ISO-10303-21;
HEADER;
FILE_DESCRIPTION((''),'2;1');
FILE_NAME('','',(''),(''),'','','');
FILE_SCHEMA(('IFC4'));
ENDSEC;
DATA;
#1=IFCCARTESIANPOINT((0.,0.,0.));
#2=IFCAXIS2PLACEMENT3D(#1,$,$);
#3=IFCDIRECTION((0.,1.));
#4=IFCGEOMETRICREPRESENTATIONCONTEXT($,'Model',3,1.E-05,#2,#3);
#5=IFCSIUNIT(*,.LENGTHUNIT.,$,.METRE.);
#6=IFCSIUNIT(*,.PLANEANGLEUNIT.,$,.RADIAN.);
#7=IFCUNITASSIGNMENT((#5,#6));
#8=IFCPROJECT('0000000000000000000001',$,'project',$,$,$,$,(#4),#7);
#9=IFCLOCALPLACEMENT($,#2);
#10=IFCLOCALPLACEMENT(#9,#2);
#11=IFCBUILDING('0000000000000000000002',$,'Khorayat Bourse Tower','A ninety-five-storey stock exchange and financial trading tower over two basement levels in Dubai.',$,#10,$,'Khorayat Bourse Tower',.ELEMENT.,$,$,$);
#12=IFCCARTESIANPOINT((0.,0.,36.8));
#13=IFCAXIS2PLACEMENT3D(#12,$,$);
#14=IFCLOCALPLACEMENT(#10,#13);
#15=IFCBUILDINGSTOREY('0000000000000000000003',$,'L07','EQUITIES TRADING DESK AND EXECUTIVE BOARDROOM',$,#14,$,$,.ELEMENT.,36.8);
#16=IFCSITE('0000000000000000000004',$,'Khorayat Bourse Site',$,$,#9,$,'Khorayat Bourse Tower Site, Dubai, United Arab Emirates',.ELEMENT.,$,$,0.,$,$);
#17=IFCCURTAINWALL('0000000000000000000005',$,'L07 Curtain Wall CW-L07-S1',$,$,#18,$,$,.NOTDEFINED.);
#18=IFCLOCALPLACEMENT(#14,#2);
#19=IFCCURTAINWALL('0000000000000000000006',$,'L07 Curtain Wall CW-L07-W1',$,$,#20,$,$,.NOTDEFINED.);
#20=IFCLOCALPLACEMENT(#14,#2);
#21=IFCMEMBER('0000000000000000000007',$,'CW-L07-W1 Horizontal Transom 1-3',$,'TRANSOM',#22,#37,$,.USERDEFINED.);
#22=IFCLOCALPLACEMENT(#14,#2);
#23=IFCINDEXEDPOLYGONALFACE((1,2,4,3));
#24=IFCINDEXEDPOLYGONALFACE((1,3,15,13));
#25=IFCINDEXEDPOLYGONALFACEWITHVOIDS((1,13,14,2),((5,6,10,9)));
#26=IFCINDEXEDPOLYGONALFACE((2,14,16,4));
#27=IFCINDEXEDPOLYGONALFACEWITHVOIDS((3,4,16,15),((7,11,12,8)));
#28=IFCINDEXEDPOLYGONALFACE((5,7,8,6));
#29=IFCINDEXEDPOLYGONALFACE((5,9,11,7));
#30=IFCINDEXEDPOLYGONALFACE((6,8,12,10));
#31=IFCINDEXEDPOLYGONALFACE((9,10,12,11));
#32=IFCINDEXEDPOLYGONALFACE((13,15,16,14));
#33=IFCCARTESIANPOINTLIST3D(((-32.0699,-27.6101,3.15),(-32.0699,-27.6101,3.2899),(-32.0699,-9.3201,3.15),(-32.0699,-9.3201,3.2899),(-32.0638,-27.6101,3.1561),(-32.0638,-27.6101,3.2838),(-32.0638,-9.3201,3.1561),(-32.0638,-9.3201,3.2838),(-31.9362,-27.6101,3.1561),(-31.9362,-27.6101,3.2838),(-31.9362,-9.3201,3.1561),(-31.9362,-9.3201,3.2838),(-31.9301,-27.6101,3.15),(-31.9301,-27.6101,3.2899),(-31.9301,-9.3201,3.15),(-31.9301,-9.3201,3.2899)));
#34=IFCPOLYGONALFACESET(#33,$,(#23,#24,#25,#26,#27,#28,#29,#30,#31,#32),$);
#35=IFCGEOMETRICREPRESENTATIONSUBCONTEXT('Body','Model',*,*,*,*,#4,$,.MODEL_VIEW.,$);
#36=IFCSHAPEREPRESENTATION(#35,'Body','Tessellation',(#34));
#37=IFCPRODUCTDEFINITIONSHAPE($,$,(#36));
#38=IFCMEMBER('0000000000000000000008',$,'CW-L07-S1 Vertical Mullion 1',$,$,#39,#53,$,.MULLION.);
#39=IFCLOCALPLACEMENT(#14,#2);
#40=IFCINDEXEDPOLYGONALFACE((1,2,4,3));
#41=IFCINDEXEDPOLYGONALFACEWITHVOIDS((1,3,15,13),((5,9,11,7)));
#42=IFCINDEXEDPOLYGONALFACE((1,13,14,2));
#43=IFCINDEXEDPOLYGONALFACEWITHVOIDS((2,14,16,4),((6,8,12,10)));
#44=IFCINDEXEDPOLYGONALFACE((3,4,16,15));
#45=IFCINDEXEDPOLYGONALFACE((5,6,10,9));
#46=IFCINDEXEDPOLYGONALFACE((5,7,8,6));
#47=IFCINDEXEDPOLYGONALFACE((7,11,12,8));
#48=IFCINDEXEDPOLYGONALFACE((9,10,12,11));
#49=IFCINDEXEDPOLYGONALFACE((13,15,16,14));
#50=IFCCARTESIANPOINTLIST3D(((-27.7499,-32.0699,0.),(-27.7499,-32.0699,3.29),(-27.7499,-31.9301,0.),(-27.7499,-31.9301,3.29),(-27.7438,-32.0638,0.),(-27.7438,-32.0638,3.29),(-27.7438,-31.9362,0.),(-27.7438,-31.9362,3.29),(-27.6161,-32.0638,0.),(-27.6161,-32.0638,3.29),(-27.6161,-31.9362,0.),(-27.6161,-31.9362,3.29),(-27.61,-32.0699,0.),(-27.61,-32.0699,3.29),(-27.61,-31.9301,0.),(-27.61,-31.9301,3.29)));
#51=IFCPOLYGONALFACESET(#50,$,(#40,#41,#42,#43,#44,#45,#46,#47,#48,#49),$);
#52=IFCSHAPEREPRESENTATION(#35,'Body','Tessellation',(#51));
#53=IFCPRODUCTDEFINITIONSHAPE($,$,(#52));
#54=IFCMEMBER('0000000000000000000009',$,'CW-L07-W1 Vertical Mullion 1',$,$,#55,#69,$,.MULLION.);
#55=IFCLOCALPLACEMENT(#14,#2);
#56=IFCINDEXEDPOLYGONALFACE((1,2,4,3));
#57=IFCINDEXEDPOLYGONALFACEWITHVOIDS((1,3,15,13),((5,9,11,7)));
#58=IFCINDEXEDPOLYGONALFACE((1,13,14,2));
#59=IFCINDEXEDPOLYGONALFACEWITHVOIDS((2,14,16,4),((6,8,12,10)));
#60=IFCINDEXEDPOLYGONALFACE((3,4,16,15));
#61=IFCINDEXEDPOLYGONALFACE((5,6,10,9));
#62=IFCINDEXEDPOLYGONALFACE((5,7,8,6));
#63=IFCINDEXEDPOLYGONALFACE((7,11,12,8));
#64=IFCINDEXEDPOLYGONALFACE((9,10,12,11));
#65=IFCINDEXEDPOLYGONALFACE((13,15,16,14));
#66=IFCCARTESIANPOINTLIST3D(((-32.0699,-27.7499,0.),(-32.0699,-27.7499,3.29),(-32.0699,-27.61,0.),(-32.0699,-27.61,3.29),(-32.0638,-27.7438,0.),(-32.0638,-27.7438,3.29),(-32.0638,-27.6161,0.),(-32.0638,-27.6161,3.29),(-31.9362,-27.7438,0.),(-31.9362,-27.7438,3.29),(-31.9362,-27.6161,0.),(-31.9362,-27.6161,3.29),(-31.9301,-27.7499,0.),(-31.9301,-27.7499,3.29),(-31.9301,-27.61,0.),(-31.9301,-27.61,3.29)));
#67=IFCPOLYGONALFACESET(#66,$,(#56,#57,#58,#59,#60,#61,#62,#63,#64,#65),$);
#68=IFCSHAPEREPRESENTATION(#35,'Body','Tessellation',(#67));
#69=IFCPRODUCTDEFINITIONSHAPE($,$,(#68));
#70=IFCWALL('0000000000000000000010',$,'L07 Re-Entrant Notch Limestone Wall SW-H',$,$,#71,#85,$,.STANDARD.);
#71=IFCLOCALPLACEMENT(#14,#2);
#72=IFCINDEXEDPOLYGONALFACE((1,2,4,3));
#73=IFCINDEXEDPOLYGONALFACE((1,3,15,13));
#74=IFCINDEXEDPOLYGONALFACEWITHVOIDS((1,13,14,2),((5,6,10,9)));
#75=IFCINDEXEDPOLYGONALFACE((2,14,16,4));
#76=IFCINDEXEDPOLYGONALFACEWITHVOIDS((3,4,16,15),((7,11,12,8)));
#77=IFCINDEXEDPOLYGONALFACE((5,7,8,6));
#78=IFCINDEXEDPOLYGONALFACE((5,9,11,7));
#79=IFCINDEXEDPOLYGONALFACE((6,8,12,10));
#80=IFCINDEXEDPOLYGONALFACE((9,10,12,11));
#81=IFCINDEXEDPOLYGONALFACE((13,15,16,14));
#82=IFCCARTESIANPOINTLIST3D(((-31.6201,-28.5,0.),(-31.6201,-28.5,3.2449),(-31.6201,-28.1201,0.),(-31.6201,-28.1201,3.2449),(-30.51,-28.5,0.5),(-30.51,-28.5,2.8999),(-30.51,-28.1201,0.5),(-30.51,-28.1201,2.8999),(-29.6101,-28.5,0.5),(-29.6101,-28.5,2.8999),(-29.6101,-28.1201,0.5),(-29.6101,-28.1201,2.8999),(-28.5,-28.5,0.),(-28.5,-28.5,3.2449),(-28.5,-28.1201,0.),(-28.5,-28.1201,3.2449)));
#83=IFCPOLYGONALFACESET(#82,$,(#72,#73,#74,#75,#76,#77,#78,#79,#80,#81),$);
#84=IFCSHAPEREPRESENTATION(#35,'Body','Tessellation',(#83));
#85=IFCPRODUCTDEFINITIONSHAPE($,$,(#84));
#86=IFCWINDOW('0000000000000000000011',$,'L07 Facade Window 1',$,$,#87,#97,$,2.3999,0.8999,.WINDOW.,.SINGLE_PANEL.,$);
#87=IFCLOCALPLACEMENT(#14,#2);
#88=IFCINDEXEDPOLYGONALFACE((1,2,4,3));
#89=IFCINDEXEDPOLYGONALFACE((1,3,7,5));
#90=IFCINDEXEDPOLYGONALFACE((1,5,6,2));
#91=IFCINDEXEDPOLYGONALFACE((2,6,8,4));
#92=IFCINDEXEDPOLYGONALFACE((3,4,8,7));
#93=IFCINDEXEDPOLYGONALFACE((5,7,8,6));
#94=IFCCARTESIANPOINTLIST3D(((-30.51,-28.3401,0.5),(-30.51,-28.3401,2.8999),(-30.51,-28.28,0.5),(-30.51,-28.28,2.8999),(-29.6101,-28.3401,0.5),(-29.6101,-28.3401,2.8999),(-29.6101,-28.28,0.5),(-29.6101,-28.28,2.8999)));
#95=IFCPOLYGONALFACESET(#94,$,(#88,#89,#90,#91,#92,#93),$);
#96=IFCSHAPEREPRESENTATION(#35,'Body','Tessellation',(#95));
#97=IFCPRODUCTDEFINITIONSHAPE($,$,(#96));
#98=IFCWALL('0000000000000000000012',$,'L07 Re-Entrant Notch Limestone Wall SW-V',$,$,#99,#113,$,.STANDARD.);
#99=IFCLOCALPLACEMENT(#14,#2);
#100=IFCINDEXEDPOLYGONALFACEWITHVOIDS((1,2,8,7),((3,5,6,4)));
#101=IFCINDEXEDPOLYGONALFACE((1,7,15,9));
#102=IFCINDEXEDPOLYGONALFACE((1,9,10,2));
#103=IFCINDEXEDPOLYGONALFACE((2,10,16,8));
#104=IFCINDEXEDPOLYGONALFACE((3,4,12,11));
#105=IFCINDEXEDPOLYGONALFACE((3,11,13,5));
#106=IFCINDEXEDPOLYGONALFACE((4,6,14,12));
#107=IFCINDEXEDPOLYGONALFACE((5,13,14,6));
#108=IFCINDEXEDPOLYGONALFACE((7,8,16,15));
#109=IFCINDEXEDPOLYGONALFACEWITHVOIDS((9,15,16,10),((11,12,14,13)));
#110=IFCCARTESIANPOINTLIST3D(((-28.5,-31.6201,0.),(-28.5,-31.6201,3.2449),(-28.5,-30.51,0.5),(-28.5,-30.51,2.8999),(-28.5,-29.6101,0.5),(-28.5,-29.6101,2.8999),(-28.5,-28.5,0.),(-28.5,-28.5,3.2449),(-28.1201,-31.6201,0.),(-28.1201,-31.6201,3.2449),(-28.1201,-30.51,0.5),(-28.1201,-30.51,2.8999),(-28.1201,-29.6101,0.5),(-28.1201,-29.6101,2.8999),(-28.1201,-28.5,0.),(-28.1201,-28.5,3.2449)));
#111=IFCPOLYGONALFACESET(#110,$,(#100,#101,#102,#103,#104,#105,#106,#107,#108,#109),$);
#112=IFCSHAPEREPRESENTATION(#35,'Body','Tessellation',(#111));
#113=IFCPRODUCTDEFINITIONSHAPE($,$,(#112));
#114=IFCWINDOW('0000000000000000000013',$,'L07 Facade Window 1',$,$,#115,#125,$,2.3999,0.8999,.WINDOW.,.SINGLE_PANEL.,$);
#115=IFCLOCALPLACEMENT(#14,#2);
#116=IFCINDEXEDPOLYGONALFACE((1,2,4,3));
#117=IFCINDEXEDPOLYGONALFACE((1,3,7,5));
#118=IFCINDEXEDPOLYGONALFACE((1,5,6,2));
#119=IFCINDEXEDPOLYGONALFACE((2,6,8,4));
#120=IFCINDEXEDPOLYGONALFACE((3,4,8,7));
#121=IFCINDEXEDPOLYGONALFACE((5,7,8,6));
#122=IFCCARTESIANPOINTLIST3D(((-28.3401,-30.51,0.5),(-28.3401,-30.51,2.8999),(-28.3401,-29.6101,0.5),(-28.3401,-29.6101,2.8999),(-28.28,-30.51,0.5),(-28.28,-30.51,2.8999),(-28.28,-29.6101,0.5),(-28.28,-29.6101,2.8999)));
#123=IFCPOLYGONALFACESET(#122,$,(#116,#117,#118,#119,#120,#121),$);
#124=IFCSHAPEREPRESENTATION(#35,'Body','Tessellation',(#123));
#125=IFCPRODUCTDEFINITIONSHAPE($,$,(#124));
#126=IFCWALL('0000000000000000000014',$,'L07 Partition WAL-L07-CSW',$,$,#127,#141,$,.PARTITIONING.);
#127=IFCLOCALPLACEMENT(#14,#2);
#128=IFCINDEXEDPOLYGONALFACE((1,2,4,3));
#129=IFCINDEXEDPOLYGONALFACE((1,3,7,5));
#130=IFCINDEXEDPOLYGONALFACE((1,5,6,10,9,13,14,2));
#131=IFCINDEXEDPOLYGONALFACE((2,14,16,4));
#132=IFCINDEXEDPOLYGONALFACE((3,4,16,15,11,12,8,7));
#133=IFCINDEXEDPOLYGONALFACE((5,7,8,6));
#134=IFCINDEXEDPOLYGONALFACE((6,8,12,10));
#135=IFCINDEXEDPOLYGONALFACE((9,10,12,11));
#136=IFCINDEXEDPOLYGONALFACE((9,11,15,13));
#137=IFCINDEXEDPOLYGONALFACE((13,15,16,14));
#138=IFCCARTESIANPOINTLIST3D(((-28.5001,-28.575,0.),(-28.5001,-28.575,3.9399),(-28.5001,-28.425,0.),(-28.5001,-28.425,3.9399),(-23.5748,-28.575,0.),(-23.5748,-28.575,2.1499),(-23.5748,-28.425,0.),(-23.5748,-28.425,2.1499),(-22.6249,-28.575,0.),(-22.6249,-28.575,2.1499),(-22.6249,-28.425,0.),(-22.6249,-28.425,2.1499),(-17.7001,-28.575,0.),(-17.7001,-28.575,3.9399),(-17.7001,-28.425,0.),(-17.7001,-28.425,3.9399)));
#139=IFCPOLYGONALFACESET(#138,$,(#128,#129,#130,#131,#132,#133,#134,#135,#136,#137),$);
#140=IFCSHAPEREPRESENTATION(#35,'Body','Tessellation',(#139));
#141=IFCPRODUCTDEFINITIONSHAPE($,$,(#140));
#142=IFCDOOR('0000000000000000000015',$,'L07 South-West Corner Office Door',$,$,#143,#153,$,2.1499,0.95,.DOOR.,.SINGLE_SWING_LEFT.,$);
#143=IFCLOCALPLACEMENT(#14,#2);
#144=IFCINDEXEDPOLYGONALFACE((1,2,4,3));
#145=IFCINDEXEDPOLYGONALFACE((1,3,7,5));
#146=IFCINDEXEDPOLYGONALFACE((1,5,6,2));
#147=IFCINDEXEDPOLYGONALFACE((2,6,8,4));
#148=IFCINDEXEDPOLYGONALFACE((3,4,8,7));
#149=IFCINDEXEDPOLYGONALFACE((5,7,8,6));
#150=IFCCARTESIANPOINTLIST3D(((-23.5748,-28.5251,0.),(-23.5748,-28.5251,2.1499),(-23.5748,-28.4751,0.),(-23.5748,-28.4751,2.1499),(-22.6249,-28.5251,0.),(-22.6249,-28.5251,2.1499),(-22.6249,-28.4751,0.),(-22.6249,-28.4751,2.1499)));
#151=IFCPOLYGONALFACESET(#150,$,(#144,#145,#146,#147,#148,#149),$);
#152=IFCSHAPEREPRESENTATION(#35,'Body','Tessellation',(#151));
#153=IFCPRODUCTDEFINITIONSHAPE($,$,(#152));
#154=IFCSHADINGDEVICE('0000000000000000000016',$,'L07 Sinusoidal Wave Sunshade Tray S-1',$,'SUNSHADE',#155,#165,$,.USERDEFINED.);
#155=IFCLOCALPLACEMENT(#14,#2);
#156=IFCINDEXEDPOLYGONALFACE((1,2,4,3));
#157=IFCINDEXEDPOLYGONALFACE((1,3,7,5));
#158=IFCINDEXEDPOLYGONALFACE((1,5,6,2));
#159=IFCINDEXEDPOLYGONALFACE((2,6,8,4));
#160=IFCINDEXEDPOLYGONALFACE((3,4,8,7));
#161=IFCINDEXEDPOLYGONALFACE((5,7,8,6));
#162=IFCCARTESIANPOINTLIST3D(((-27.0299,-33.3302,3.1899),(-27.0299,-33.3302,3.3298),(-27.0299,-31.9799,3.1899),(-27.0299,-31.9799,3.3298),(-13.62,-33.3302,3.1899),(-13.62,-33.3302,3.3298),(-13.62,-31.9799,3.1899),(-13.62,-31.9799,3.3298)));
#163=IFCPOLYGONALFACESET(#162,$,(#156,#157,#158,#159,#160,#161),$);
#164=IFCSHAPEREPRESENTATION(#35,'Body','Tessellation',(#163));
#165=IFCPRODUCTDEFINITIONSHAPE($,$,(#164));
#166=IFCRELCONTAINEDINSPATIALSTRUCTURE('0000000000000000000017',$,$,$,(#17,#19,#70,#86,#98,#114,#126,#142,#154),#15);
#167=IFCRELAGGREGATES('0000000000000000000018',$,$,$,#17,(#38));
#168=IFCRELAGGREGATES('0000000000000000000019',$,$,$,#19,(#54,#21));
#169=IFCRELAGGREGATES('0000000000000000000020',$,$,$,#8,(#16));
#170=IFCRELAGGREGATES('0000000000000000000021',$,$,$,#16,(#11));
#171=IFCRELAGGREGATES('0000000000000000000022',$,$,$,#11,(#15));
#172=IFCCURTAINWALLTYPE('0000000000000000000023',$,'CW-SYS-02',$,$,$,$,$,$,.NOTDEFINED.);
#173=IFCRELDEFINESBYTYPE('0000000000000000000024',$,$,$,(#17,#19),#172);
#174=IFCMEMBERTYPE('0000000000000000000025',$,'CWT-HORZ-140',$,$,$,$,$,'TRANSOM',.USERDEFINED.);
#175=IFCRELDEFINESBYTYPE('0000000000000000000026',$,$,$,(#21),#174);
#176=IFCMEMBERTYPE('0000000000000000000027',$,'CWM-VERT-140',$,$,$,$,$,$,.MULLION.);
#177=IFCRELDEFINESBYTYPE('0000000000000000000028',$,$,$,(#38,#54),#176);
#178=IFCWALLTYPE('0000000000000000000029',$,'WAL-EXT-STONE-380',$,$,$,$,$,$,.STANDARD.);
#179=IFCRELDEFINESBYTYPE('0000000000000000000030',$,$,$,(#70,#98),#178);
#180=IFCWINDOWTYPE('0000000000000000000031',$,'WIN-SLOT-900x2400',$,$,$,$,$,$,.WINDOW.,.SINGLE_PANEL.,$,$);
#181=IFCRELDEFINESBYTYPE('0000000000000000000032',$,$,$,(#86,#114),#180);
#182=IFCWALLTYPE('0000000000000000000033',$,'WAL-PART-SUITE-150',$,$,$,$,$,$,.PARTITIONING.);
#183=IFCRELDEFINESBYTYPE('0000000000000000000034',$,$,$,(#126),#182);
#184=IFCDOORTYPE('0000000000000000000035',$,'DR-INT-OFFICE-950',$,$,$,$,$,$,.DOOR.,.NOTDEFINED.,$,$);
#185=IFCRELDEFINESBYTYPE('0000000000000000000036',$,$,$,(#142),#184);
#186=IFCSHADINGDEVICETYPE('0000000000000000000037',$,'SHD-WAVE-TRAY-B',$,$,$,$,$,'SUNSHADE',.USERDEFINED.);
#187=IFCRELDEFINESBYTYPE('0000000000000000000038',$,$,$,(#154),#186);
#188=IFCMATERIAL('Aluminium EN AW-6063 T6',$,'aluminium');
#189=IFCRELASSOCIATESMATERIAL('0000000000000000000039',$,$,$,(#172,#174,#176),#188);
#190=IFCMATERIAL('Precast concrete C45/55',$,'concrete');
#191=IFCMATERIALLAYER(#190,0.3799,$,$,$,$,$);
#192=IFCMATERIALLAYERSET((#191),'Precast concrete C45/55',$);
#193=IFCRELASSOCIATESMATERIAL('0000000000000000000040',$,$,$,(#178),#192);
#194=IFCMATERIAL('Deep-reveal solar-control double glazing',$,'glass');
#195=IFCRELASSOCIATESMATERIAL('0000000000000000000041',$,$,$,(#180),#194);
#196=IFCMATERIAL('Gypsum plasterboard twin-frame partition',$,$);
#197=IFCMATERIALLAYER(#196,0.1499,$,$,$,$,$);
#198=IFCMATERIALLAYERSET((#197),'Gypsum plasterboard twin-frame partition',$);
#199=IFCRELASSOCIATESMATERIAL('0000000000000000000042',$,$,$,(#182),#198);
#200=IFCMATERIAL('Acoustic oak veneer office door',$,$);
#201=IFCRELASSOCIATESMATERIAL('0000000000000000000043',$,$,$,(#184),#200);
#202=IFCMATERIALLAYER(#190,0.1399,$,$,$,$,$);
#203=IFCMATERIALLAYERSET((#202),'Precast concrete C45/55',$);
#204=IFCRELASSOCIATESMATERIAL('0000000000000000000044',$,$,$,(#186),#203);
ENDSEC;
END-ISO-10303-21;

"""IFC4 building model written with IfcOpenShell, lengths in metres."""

from ifc_helpers import new_model, si_unit, direction, frame, frame_2d, origin, origin_2d, place, context, subcontext, project, spatial, rectangle, hollow_rectangle, extrude, source, transform, mapped, material, layer, layer_set, material_profile, profile_set, type_object, element, fill, aggregate, save


model = new_model("IFC4")

# Units and contexts
model_context = context("Model", 3, precision=1e-05, world=origin(), true_north=direction((0.0, 1.0)))
body_context = subcontext(model_context, "Body", "Model", "MODEL_VIEW")
ifc_project = project(units=[si_unit("LENGTHUNIT", "METRE"), si_unit("PLANEANGLEUNIT", "RADIAN")], contexts=[model_context])

# Site, building, storey
site_placement = place(None, origin())
site = spatial("IfcSite", under=ifc_project, at=site_placement, Name="Khorayat Bourse Site", LongName="Khorayat Bourse Tower Site, Dubai, United Arab Emirates", CompositionType="ELEMENT", RefElevation=0.0)
building_placement = place(site_placement, origin())
building = spatial("IfcBuilding", under=site, at=building_placement, Name="Khorayat Bourse Tower", Description="A ninety-five-storey stock exchange and financial trading tower over two basement levels in Dubai.", LongName="Khorayat Bourse Tower", CompositionType="ELEMENT")
storey_placement = place(building_placement, frame((0.0, 0.0, 36.8)))
storey = spatial("IfcBuildingStorey", under=building, at=storey_placement, Name="L07", Description="EQUITIES TRADING DESK AND EXECUTIVE BOARDROOM", CompositionType="ELEMENT", Elevation=36.8)

# Curtain walls, member
ifc_material_1 = material(Name="Aluminium EN AW-6063 T6", Category="aluminium")
curtain_wall_type = type_object("IfcCurtainWallType", Name="CW-SYS-02", PredefinedType="NOTDEFINED", material=ifc_material_1)
curtain_wall_1_placement = place(storey_placement, origin())
curtain_wall_1 = element("IfcCurtainWall", 1, at=curtain_wall_1_placement, inside=storey, type_object=curtain_wall_type, Name="L07 Curtain Wall CW-L07-S1", PredefinedType="NOTDEFINED")
ifc_material_profile_1 = material_profile(ifc_material_1, hollow_rectangle(XDim=0.1399, YDim=0.1399, WallThickness=0.0061, at=origin_2d()), Name="ALU 140x140x6")
ifc_profile_set_1 = profile_set([ifc_material_profile_1], Name="Aluminium EN AW-6063 T6")
member_type_1 = type_object("IfcMemberType", Name="CWT-HORZ-140", ElementType="TRANSOM", PredefinedType="USERDEFINED", material=ifc_profile_set_1)
shared_shape_1 = source(origin(), body_context, "Body", "SweptSolid", [
    extrude(hollow_rectangle(XDim=0.1399, YDim=0.1399, WallThickness=0.0061, at=origin_2d()), origin(), (0.0, 0.0, 1.0), 18.29),
])
curtain_wall_2_placement = place(storey_placement, origin())
curtain_wall_2 = element("IfcCurtainWall", 2, at=curtain_wall_2_placement, inside=storey, type_object=curtain_wall_type, Name="L07 Curtain Wall CW-L07-W1", PredefinedType="NOTDEFINED")
member_1_placement = place(storey_placement, frame((-32.0, -27.6101, 3.22), z_axis=(0.0, 1.0, 0.0), x_axis=(-1.0, 0.0, 0.0)))
member_1 = element("IfcMember", 3, at=member_1_placement, type_object=member_type_1, Name="CW-L07-W1 Horizontal Transom 1-3", ObjectType="TRANSOM", PredefinedType="USERDEFINED", context=body_context, shape_type="MappedRepresentation", body=[
    mapped(shared_shape_1, transform((0.0, 0.0, 0.0), scale=1.0)),
])

# Members
ifc_material_profile_2 = material_profile(ifc_material_1, hollow_rectangle(XDim=0.1399, YDim=0.1399, WallThickness=0.0061, at=origin_2d()), Name="ALU 140x140x6")
ifc_profile_set_2 = profile_set([ifc_material_profile_2], Name="Aluminium EN AW-6063 T6")
member_type_2 = type_object("IfcMemberType", Name="CWM-VERT-140", PredefinedType="MULLION", material=ifc_profile_set_2)
shared_shape_2 = source(origin(), body_context, "Body", "SweptSolid", [
    extrude(hollow_rectangle(XDim=0.1399, YDim=0.1399, WallThickness=0.0061, at=origin_2d()), origin(), (0.0, 0.0, 1.0), 3.29),
])
member_2_placement = place(storey_placement, frame((-27.6799, -32.0, 0.0), z_axis=(0.0, 0.0, 1.0), x_axis=(0.0, 1.0, 0.0)))
member_2 = element("IfcMember", 4, at=member_2_placement, type_object=member_type_2, Name="CW-L07-S1 Vertical Mullion 1", PredefinedType="MULLION", context=body_context, shape_type="MappedRepresentation", body=[
    mapped(shared_shape_2, transform((0.0, 0.0, 0.0), scale=1.0)),
])
aggregate(curtain_wall_1, [member_2])
member_3_placement = place(storey_placement, frame((-32.0, -27.6799, 0.0), z_axis=(0.0, 0.0, 1.0), x_axis=(-1.0, 0.0, 0.0)))
member_3 = element("IfcMember", 5, at=member_3_placement, type_object=member_type_2, Name="CW-L07-W1 Vertical Mullion 1", PredefinedType="MULLION", context=body_context, shape_type="MappedRepresentation", body=[
    mapped(shared_shape_2, transform((0.0, 0.0, 0.0), scale=1.0)),
])
aggregate(curtain_wall_2, [member_3, member_1])

# Walls, openings, windows
ifc_material_2 = material(Name="Precast concrete C45/55", Category="concrete")
ifc_layer_1 = layer(ifc_material_2, 0.3799)
ifc_layer_set_1 = layer_set([ifc_layer_1], Name="Precast concrete C45/55")
wall_type_1 = type_object("IfcWallType", Name="WAL-EXT-STONE-380", PredefinedType="STANDARD", material=ifc_layer_set_1)
shared_shape_3 = source(origin(), body_context, "Body", "SweptSolid", [
    extrude(rectangle(XDim=3.1201, YDim=0.3799, at=frame_2d((1.5601, 0.0))), origin(), (0.0, 0.0, 1.0), 3.2449),
])
wall_1_placement = place(storey_placement, frame((-28.5, -28.3101, 0.0), z_axis=(0.0, 0.0, 1.0), x_axis=(-1.0, 0.0, 0.0)))
wall_1 = element("IfcWall", 6, at=wall_1_placement, inside=storey, type_object=wall_type_1, Name="L07 Re-Entrant Notch Limestone Wall SW-H", PredefinedType="STANDARD", context=body_context, shape_type="MappedRepresentation", body=[
    mapped(shared_shape_3, transform((0.0, 0.0, 0.0), scale=1.0)),
])
shared_shape_4 = source(origin(), body_context, "Body", "SweptSolid", [
    extrude(rectangle(XDim=0.8999, YDim=2.3999, at=frame_2d((0.45, 1.2))), frame((0.0, 0.2, 0.0), z_axis=(0.0, -1.0, 0.0), x_axis=(1.0, 0.0, 0.0)), (0.0, 0.0, 1.0), 0.3999),
])
opening_1_placement = place(wall_1_placement, frame((1.1101, 0.0, 0.5)))
opening_1 = element("IfcOpeningElement", 7, at=opening_1_placement, cuts=wall_1, PredefinedType="OPENING", context=body_context, shape_type="MappedRepresentation", body=[
    mapped(shared_shape_4, transform((0.0, 0.0, 0.0), scale=1.0)),
])
ifc_material_3 = material(Name="Deep-reveal solar-control double glazing", Category="glass")
window_type = type_object("IfcWindowType", Name="WIN-SLOT-900x2400", PartitioningType="SINGLE_PANEL", PredefinedType="WINDOW", material=ifc_material_3)
shared_shape_5 = source(origin(), body_context, "Body", "SweptSolid", [
    extrude(rectangle(XDim=0.8999, YDim=2.3999, at=frame_2d((0.45, 1.2))), frame((0.0, 0.03, 0.0), z_axis=(0.0, -1.0, 0.0), x_axis=(1.0, 0.0, 0.0)), (0.0, 0.0, 1.0), 0.0601),
])
window_1_placement = place(opening_1_placement, origin())
window_1 = element("IfcWindow", 8, at=window_1_placement, inside=storey, type_object=window_type, Name="L07 Facade Window 1", OverallHeight=2.3999, OverallWidth=0.8999, PartitioningType="SINGLE_PANEL", PredefinedType="WINDOW", context=body_context, shape_type="MappedRepresentation", body=[
    mapped(shared_shape_5, transform((0.0, 0.0, 0.0), scale=1.0)),
])
fill(opening_1, window_1)
wall_2_placement = place(storey_placement, frame((-28.3101, -31.6201, 0.0), z_axis=(0.0, 0.0, 1.0), x_axis=(0.0, 1.0, 0.0)))
wall_2 = element("IfcWall", 9, at=wall_2_placement, inside=storey, type_object=wall_type_1, Name="L07 Re-Entrant Notch Limestone Wall SW-V", PredefinedType="STANDARD", context=body_context, shape_type="MappedRepresentation", body=[
    mapped(shared_shape_3, transform((0.0, 0.0, 0.0), scale=1.0)),
])
opening_2_placement = place(wall_2_placement, frame((1.1101, 0.0, 0.5)))
opening_2 = element("IfcOpeningElement", 10, at=opening_2_placement, cuts=wall_2, PredefinedType="OPENING", context=body_context, shape_type="MappedRepresentation", body=[
    mapped(shared_shape_4, transform((0.0, 0.0, 0.0), scale=1.0)),
])
window_2_placement = place(opening_2_placement, origin())
window_2 = element("IfcWindow", 11, at=window_2_placement, inside=storey, type_object=window_type, Name="L07 Facade Window 1", OverallHeight=2.3999, OverallWidth=0.8999, PartitioningType="SINGLE_PANEL", PredefinedType="WINDOW", context=body_context, shape_type="MappedRepresentation", body=[
    mapped(shared_shape_5, transform((0.0, 0.0, 0.0), scale=1.0)),
])
fill(opening_2, window_2)

# Wall, opening, door
ifc_material_4 = material(Name="Gypsum plasterboard twin-frame partition")
ifc_layer_2 = layer(ifc_material_4, 0.1499)
ifc_layer_set_2 = layer_set([ifc_layer_2], Name="Gypsum plasterboard twin-frame partition")
wall_type_2 = type_object("IfcWallType", Name="WAL-PART-SUITE-150", PredefinedType="PARTITIONING", material=ifc_layer_set_2)
shared_shape_6 = source(origin(), body_context, "Body", "SweptSolid", [
    extrude(rectangle(XDim=10.8, YDim=0.1499, at=frame_2d((5.3999, 0.0))), origin(), (0.0, 0.0, 1.0), 3.9399),
])
wall_3_placement = place(storey_placement, frame((-28.5, -28.5, 0.0), z_axis=(0.0, 0.0, 1.0), x_axis=(1.0, 0.0, 0.0)))
wall_3 = element("IfcWall", 12, at=wall_3_placement, inside=storey, type_object=wall_type_2, Name="L07 Partition WAL-L07-CSW", PredefinedType="PARTITIONING", context=body_context, shape_type="MappedRepresentation", body=[
    mapped(shared_shape_6, transform((0.0, 0.0, 0.0), scale=1.0)),
])
shared_shape_7 = source(origin(), body_context, "Body", "SweptSolid", [
    extrude(rectangle(XDim=0.95, YDim=2.1499, at=frame_2d((0.4751, 1.075))), frame((0.0, 0.085, 0.0), z_axis=(0.0, -1.0, 0.0), x_axis=(1.0, 0.0, 0.0)), (0.0, 0.0, 1.0), 0.1699),
])
opening_3_placement = place(wall_3_placement, frame((4.925, 0.0, 0.0)))
opening_3 = element("IfcOpeningElement", 13, at=opening_3_placement, cuts=wall_3, PredefinedType="OPENING", context=body_context, shape_type="MappedRepresentation", body=[
    mapped(shared_shape_7, transform((0.0, 0.0, 0.0), scale=1.0)),
])
ifc_material_5 = material(Name="Acoustic oak veneer office door")
door_type = type_object("IfcDoorType", Name="DR-INT-OFFICE-950", OperationType="NOTDEFINED", PredefinedType="DOOR", material=ifc_material_5)
shared_shape_8 = source(origin(), body_context, "Body", "SweptSolid", [
    extrude(rectangle(XDim=0.95, YDim=2.1499, at=frame_2d((0.4751, 1.075))), frame((0.0, 0.0249, 0.0), z_axis=(0.0, -1.0, 0.0), x_axis=(1.0, 0.0, 0.0)), (0.0, 0.0, 1.0), 0.05),
])
door_placement = place(opening_3_placement, origin())
door = element("IfcDoor", 14, at=door_placement, inside=storey, type_object=door_type, Name="L07 South-West Corner Office Door", OperationType="SINGLE_SWING_LEFT", OverallHeight=2.1499, OverallWidth=0.95, PredefinedType="DOOR", context=body_context, shape_type="MappedRepresentation", body=[
    mapped(shared_shape_8, transform((0.0, 0.0, 0.0), scale=1.0)),
])
fill(opening_3, door)

# Shading device
ifc_layer_3 = layer(ifc_material_2, 0.1399)
ifc_layer_set_3 = layer_set([ifc_layer_3], Name="Precast concrete C45/55")
shading_device_type = type_object("IfcShadingDeviceType", Name="SHD-WAVE-TRAY-B", ElementType="SUNSHADE", PredefinedType="USERDEFINED", material=ifc_layer_set_3)
shared_shape_9 = source(origin(), body_context, "Body", "SweptSolid", [
    extrude(rectangle(XDim=13.4099, YDim=1.3503, at=origin_2d()), origin(), (0.0, 0.0, 1.0), 0.1399),
])
shading_device_placement = place(storey_placement, frame((-20.325, -32.655, 3.1899), z_axis=(0.0, 0.0, 1.0), x_axis=(1.0, 0.0, 0.0)))
element("IfcShadingDevice", 15, at=shading_device_placement, inside=storey, type_object=shading_device_type, Name="L07 Sinusoidal Wave Sunshade Tray S-1", ObjectType="SUNSHADE", PredefinedType="USERDEFINED", context=body_context, shape_type="MappedRepresentation", body=[
    mapped(shared_shape_9, transform((0.0, 0.0, 0.0), scale=1.0)),
])

save(model, "model.ifc")
